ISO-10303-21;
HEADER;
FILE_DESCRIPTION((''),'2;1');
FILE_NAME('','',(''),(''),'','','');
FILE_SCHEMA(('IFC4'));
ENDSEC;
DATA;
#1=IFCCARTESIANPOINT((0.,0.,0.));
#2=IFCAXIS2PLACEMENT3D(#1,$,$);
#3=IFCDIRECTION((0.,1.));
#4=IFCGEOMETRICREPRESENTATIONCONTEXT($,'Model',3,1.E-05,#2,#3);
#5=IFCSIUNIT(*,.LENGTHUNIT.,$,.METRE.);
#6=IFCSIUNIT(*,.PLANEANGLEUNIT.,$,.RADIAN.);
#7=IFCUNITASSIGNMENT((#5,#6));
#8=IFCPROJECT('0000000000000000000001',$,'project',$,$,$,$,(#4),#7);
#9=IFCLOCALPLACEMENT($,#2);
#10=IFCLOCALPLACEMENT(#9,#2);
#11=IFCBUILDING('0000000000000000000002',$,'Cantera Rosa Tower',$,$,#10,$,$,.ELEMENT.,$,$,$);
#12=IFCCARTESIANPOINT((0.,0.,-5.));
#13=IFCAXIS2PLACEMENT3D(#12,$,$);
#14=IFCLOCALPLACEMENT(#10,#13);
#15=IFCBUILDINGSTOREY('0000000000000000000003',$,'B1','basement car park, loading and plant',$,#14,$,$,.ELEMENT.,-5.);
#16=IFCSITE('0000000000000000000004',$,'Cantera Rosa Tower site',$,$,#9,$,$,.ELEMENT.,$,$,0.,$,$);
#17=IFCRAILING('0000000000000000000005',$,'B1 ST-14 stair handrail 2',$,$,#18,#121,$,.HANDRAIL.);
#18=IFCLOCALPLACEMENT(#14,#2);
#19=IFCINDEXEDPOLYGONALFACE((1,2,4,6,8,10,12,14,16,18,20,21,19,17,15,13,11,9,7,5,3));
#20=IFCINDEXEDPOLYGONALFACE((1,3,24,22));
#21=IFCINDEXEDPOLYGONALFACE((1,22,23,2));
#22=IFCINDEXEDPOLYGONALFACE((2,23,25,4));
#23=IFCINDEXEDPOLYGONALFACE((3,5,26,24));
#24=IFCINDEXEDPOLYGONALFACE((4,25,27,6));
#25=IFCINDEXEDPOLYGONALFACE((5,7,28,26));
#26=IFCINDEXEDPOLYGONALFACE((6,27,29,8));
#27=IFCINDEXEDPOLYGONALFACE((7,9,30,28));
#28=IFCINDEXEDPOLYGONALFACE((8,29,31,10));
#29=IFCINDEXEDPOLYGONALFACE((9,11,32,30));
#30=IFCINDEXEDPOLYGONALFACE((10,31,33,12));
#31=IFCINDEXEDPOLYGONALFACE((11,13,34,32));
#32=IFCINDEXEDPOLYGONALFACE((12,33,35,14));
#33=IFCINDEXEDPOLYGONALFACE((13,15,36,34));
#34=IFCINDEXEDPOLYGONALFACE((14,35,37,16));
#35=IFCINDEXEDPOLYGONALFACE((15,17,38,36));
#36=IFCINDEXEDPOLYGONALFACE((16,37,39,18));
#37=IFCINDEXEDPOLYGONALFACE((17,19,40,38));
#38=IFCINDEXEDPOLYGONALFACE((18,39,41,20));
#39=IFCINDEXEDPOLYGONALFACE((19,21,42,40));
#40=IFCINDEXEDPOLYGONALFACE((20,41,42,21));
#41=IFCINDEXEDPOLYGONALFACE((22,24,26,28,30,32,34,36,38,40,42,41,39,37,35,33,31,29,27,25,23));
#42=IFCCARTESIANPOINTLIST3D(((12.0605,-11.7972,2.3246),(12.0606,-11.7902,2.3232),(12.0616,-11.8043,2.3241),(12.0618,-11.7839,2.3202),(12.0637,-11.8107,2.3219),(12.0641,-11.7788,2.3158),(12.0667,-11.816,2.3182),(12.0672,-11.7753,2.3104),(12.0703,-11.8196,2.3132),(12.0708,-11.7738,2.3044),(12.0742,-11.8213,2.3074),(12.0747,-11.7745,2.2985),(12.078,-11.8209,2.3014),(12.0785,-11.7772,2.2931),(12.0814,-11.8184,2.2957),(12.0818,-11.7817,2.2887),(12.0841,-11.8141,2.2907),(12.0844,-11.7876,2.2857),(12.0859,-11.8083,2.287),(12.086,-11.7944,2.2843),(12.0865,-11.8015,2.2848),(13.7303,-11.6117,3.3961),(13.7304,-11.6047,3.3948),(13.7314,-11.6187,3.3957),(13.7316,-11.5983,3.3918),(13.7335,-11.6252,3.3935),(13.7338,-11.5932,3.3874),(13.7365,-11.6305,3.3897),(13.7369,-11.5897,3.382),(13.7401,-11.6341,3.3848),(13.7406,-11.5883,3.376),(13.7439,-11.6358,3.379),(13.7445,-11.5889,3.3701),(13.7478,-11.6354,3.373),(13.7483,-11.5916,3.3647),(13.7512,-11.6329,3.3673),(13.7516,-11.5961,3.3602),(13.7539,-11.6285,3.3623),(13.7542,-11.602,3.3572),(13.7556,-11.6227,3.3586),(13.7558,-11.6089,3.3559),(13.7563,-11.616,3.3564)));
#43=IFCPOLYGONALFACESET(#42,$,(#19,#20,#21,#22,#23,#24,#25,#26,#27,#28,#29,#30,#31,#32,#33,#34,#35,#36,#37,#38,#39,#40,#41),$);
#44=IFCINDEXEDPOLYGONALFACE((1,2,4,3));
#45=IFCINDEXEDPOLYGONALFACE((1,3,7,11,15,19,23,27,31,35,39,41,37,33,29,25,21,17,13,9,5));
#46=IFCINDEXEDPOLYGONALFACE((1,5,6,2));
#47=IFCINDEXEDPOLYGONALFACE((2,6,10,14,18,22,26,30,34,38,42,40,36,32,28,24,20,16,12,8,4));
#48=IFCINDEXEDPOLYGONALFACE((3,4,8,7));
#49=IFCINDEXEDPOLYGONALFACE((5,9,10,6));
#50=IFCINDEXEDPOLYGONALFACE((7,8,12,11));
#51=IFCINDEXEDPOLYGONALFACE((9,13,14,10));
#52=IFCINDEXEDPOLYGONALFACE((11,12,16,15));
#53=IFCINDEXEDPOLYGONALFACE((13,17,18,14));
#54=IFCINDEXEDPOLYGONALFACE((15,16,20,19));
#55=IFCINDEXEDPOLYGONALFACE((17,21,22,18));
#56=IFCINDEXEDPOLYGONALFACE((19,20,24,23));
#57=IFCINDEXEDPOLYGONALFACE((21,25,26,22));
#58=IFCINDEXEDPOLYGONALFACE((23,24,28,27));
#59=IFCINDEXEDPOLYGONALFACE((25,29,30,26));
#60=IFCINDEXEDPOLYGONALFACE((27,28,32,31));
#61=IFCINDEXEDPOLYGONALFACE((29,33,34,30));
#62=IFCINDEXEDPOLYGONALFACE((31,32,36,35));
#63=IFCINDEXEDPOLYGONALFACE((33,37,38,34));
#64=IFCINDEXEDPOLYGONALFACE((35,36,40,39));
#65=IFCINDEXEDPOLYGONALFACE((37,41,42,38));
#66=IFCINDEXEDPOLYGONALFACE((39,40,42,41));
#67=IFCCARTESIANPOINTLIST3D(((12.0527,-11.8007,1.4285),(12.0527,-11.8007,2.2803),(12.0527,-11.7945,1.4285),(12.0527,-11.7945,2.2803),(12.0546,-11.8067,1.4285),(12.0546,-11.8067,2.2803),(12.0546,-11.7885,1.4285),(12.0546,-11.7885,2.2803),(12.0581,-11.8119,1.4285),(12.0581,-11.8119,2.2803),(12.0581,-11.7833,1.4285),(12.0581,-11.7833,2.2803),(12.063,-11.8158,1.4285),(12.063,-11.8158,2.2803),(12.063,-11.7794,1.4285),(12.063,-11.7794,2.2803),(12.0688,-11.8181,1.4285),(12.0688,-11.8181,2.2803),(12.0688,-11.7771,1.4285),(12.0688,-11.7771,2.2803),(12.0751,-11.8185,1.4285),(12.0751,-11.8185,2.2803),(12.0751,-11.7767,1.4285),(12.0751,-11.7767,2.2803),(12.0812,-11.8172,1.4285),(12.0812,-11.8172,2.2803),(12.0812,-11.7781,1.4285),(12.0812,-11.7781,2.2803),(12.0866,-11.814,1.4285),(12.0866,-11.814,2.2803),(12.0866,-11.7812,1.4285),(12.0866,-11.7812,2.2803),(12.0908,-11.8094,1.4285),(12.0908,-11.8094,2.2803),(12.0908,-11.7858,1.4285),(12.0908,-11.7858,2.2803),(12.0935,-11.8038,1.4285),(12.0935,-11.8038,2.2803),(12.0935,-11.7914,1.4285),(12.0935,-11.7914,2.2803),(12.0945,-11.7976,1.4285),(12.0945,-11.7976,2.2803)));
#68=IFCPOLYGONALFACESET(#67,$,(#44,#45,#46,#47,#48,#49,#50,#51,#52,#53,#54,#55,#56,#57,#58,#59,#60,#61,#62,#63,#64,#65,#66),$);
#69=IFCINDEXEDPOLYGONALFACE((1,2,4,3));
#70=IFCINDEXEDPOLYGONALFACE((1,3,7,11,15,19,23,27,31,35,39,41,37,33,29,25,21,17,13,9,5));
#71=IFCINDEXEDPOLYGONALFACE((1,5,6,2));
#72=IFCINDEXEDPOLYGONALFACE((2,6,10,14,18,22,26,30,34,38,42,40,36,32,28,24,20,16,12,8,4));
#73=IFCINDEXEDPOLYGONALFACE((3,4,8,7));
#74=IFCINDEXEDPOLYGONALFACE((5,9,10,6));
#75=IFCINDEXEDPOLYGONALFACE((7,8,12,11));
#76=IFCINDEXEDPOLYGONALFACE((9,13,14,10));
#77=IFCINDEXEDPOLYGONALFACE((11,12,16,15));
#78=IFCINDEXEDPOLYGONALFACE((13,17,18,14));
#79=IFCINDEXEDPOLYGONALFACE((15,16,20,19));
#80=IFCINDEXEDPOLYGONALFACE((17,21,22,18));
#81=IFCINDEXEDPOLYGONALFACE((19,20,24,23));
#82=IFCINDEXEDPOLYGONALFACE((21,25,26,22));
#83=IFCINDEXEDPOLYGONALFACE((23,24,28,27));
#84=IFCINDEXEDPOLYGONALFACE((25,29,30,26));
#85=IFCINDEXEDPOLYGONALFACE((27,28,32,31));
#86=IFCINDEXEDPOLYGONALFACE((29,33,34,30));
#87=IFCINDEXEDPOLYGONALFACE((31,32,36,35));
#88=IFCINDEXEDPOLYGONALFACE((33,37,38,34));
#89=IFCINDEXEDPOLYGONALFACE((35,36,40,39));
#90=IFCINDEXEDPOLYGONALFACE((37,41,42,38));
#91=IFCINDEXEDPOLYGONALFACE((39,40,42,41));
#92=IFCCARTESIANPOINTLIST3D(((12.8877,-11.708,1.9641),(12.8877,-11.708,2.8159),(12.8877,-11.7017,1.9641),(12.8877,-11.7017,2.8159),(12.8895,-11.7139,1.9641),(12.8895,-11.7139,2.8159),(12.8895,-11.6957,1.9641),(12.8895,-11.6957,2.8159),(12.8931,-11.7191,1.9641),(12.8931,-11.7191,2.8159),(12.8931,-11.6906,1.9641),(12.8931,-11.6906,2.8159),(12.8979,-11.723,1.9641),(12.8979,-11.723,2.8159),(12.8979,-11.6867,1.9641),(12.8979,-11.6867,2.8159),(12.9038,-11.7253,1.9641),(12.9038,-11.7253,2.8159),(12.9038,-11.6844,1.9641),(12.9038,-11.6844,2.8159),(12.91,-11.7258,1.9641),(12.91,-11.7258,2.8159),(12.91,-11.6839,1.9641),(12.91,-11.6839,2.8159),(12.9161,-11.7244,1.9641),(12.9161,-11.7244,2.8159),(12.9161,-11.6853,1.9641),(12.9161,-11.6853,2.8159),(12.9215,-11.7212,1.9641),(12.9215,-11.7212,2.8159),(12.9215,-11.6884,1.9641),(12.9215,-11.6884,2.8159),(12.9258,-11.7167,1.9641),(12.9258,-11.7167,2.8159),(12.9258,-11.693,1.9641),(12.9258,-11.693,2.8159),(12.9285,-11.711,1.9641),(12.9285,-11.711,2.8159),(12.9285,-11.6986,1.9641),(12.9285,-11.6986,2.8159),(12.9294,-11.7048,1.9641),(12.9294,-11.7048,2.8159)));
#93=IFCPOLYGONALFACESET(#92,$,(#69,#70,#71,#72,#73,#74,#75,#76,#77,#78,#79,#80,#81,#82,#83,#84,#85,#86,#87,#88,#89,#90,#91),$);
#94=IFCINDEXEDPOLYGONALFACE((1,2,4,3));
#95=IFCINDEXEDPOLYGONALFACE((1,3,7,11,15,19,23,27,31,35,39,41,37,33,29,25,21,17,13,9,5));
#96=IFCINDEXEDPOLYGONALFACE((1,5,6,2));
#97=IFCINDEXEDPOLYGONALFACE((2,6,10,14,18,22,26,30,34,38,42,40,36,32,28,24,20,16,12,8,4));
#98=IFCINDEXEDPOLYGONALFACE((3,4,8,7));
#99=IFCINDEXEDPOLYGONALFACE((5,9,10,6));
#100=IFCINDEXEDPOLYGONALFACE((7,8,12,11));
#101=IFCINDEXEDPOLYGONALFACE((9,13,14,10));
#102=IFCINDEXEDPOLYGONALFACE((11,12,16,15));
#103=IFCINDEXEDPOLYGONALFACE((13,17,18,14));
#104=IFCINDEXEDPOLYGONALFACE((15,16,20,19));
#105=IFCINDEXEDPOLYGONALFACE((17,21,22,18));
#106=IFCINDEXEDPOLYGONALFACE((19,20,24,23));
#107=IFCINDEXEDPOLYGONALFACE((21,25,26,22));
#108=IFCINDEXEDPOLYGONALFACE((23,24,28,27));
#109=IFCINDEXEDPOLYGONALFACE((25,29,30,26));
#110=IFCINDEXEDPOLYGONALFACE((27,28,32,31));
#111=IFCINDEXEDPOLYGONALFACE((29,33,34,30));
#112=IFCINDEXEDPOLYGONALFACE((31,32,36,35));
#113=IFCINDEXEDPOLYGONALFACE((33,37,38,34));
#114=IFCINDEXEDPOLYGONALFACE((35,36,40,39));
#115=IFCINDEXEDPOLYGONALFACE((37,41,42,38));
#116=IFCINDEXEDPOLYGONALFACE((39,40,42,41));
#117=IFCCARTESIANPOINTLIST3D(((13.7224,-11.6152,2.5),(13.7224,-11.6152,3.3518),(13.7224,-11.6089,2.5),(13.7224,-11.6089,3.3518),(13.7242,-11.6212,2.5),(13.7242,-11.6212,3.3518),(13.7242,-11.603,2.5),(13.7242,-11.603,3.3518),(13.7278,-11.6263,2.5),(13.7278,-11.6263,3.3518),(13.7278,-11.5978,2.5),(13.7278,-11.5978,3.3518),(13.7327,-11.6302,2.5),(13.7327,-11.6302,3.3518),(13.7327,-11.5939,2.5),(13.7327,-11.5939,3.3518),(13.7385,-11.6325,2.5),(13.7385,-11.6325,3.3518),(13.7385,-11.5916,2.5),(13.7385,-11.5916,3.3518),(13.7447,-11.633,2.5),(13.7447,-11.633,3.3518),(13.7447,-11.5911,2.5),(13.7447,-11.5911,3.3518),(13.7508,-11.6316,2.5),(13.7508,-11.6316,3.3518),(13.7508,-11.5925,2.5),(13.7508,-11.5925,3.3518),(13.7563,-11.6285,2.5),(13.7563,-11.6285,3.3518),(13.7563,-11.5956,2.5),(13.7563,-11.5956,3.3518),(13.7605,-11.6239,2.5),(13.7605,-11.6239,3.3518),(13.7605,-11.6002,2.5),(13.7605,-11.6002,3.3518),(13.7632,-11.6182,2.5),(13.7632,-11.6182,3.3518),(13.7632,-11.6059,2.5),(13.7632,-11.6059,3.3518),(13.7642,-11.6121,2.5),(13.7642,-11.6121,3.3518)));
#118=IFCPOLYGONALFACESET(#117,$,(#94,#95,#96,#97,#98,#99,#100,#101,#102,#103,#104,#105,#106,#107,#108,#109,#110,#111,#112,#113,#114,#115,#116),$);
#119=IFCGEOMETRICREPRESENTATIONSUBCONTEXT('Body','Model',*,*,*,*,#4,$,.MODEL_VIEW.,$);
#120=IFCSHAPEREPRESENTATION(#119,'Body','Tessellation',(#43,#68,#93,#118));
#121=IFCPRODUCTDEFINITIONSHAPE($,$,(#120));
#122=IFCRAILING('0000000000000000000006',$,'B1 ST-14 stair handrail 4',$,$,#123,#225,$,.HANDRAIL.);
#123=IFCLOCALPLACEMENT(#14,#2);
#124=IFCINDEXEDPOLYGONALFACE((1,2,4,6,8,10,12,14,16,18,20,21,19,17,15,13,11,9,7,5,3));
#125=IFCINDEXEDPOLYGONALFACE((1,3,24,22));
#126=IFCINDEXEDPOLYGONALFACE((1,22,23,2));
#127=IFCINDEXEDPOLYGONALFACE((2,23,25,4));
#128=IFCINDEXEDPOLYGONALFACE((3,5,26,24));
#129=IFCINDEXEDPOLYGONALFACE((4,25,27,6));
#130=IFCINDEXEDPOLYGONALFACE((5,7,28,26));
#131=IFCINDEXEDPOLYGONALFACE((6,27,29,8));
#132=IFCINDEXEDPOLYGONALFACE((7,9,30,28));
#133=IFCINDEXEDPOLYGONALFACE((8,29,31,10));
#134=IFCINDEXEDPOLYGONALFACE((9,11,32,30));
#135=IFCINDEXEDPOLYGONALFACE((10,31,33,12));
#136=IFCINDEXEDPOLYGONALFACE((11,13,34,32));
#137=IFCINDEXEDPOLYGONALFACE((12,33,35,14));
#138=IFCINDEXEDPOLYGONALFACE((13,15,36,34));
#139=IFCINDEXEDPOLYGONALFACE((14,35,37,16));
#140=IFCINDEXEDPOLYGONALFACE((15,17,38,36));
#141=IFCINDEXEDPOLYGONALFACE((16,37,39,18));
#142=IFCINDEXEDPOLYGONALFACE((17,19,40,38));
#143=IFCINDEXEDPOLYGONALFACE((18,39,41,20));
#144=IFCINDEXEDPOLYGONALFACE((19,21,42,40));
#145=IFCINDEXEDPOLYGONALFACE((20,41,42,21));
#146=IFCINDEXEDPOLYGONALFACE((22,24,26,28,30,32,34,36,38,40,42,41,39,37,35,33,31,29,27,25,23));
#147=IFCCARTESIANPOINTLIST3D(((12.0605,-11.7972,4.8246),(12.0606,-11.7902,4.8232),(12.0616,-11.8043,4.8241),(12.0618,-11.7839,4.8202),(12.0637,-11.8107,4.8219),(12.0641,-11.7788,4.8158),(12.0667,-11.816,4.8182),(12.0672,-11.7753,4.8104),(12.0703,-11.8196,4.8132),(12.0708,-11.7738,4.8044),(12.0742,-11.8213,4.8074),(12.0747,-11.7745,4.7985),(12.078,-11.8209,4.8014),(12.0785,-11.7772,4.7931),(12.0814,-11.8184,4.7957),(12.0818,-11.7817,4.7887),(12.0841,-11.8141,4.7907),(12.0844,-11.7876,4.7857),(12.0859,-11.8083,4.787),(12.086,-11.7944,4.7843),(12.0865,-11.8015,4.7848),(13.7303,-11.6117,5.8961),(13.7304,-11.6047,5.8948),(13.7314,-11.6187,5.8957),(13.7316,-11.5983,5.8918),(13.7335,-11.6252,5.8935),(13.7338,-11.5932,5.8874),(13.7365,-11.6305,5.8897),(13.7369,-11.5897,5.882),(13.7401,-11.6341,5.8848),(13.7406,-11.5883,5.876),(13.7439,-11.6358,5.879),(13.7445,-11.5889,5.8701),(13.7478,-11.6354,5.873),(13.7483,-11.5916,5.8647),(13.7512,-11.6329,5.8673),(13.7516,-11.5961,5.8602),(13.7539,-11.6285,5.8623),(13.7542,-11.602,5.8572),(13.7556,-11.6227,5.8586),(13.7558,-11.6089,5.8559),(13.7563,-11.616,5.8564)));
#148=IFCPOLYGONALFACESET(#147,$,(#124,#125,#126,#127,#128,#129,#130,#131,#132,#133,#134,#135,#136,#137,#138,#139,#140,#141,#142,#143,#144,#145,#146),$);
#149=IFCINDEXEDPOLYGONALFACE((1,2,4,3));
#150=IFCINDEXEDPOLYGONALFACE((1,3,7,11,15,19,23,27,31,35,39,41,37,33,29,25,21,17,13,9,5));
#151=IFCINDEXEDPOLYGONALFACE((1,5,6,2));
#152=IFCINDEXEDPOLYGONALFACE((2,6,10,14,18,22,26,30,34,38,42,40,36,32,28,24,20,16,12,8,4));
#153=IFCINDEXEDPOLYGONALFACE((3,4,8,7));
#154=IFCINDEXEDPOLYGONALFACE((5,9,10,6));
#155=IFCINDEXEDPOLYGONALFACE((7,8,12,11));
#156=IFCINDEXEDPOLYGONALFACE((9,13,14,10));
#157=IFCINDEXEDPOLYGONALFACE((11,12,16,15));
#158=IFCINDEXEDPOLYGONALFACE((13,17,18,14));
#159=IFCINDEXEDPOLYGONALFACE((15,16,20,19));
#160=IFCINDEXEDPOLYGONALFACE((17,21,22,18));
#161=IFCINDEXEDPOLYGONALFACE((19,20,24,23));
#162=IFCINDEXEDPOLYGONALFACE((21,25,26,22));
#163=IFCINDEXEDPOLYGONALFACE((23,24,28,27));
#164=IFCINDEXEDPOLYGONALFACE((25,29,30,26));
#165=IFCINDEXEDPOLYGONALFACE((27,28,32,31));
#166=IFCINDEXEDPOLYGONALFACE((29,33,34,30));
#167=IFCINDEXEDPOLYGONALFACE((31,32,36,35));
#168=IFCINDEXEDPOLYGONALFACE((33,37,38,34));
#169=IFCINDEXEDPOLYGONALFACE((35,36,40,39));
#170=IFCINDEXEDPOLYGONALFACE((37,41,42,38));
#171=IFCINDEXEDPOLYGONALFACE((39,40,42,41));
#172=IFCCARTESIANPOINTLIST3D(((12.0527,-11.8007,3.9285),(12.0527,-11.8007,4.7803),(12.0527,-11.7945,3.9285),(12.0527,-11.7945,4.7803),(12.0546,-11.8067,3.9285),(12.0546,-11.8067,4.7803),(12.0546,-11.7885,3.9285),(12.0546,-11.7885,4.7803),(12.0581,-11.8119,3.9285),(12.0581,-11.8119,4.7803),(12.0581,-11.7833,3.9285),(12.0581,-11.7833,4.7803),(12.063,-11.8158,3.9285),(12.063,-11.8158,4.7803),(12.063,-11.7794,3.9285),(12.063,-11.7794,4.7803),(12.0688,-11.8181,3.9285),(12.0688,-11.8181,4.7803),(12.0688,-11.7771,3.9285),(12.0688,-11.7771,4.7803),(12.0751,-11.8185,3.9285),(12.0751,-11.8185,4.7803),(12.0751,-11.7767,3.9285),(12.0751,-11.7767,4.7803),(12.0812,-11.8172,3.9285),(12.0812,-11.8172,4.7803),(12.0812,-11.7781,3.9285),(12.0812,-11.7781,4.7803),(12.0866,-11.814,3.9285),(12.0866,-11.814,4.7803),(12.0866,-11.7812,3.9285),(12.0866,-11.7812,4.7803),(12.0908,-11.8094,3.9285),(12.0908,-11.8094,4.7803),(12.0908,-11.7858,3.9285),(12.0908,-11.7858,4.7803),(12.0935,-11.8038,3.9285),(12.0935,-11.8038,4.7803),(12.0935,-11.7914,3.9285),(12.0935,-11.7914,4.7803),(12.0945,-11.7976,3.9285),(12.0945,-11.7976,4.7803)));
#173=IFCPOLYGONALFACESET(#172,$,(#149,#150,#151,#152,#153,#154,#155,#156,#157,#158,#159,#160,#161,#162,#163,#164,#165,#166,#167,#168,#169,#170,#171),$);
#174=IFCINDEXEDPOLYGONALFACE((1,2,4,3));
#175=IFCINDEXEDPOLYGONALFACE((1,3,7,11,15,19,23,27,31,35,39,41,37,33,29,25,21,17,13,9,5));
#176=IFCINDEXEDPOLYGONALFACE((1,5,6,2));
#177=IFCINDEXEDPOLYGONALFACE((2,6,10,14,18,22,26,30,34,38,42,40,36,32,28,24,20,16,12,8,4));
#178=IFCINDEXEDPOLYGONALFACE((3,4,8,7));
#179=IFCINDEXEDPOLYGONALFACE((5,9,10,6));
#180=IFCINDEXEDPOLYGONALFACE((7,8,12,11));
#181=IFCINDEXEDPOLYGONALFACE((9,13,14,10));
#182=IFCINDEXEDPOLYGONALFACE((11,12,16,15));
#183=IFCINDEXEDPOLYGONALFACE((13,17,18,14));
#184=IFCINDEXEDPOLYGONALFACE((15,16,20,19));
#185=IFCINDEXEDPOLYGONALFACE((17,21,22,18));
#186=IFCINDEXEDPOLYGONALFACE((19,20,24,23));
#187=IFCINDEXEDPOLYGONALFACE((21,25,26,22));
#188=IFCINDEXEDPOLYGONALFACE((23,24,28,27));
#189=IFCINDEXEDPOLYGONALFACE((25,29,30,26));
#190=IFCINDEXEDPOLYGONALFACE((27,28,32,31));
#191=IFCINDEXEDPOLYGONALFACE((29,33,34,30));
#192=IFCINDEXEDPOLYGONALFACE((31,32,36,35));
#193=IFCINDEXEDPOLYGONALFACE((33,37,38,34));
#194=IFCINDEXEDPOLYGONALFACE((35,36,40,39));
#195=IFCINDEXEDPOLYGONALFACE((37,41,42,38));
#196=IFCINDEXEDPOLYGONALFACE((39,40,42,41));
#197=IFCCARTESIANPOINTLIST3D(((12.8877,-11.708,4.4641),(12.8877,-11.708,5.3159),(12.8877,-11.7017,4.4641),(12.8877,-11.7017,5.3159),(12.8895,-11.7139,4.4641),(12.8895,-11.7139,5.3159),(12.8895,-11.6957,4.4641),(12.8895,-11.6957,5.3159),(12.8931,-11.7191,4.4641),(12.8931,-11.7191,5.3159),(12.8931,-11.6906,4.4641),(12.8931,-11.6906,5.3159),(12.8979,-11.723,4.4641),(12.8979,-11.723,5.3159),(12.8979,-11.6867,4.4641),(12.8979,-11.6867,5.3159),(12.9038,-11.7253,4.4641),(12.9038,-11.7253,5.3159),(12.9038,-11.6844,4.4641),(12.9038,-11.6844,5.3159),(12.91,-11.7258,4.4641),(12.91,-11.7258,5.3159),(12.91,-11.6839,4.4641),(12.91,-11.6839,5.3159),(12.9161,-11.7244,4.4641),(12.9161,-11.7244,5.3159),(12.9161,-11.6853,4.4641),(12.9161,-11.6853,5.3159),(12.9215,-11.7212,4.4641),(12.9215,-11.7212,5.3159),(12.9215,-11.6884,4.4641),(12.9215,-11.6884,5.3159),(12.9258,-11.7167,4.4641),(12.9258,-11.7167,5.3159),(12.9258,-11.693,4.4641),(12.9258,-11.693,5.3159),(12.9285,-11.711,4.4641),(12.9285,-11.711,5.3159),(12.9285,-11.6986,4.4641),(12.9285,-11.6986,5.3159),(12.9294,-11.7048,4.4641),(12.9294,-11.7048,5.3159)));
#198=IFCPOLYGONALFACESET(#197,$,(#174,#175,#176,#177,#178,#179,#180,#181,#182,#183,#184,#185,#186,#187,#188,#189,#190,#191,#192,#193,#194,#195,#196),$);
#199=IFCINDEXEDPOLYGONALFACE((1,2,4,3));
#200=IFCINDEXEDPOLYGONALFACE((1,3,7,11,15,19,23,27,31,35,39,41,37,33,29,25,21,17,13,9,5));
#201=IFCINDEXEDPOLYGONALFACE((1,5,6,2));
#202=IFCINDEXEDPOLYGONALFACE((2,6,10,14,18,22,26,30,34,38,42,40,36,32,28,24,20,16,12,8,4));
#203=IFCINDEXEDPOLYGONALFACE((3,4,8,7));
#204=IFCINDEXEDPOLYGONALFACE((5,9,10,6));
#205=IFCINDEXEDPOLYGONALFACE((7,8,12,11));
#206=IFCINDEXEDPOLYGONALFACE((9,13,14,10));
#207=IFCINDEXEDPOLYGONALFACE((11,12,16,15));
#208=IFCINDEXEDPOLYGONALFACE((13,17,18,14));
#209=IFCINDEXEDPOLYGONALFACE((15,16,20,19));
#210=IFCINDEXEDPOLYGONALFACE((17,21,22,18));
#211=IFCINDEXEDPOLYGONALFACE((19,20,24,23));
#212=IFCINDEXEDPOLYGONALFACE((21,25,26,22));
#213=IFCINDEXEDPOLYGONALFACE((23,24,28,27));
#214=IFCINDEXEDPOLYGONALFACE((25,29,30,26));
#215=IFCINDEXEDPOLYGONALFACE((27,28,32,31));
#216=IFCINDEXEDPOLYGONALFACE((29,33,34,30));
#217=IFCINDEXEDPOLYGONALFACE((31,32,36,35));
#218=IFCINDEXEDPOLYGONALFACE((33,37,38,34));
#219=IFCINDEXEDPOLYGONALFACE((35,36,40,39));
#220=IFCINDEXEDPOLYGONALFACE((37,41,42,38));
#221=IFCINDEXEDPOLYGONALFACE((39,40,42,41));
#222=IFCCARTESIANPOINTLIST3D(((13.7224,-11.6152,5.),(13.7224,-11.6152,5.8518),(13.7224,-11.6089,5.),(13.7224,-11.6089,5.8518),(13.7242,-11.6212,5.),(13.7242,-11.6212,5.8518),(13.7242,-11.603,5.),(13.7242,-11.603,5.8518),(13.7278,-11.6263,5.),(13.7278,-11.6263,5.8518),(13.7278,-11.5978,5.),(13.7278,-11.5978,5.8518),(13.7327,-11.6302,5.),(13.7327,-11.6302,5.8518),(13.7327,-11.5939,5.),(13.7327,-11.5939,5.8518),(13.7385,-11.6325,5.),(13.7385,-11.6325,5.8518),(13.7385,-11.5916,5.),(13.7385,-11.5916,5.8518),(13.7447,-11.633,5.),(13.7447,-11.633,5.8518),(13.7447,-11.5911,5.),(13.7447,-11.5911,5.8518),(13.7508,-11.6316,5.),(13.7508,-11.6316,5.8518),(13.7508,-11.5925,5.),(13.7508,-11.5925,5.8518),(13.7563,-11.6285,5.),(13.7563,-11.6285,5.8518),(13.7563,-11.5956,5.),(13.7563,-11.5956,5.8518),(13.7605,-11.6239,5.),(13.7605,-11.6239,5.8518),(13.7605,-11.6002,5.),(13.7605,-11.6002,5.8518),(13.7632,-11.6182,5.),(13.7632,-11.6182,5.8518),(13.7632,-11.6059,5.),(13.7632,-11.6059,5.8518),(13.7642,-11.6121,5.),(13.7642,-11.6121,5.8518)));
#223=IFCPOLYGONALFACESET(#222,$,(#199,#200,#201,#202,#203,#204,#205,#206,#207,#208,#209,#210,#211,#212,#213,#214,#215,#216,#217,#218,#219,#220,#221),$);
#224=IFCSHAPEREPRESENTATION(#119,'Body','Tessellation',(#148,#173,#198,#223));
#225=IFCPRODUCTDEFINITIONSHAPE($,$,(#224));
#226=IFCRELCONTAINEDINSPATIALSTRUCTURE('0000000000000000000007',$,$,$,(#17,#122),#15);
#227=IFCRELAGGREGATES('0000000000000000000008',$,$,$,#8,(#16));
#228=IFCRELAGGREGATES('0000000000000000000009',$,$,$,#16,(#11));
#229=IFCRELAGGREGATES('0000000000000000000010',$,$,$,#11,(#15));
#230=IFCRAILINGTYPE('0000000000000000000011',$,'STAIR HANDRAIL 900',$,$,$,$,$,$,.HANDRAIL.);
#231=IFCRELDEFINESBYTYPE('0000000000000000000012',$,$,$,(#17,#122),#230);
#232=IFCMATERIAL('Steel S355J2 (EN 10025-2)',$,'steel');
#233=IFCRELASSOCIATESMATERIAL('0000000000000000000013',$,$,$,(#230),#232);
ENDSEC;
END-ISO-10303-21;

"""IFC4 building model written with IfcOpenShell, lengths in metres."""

from ifc_helpers import new_model, si_unit, direction, frame, origin, origin_2d, place, context, subcontext, project, spatial, circle, extrude, material, type_object, element, save


model = new_model("IFC4")

# Units and contexts
model_context = context("Model", 3, precision=1e-05, world=origin(), true_north=direction((0.0, 1.0)))
body_context = subcontext(model_context, "Body", "Model", "MODEL_VIEW")
ifc_project = project(units=[si_unit("LENGTHUNIT", "METRE"), si_unit("PLANEANGLEUNIT", "RADIAN")], contexts=[model_context])

# Site, building, storey
site_placement = place(None, origin())
site = spatial("IfcSite", under=ifc_project, at=site_placement, Name="Cantera Rosa Tower site", CompositionType="ELEMENT", RefElevation=0.0)
building_placement = place(site_placement, origin())
building = spatial("IfcBuilding", under=site, at=building_placement, Name="Cantera Rosa Tower", CompositionType="ELEMENT")
storey_placement = place(building_placement, frame((0.0, 0.0, -5.0)))
storey = spatial("IfcBuildingStorey", under=building, at=storey_placement, Name="B1", Description="basement car park, loading and plant", CompositionType="ELEMENT", Elevation=-5.0)

# Railings
ifc_material_1 = material(Name="Steel S355J2 (EN 10025-2)", Category="steel")
railing_type_1 = type_object("IfcRailingType", Name="STAIR HANDRAIL 900", PredefinedType="HANDRAIL", material=ifc_material_1)
for number, where, name in (
    (1, (12.0735, -11.7976, 1.4285), "B1 ST-14 stair handrail 2"),
    (2, (12.0735, -11.7976, 3.9285), "B1 ST-14 stair handrail 4"),
):
    element("IfcRailing", number, at=place(storey_placement, frame(where)), inside=storey, type_object=railing_type_1, Name=name, PredefinedType="HANDRAIL", context=body_context, shape_type="SweptSolid", body=[
        extrude(circle(Radius=0.0239, at=origin_2d()), frame((0.0, 0.0, 0.876), z_axis=(0.837941, 0.093118, 0.537758), x_axis=(-0.110447, 0.993882, 0.0)), (0.0, 0.0, 1.0), 1.9927),
        extrude(circle(Radius=0.021, at=origin_2d()), origin(), (0.0, 0.0, 1.0), 0.8518),
        extrude(circle(Radius=0.021, at=origin_2d()), frame((0.835, 0.0928, 0.5356)), (0.0, 0.0, 1.0), 0.8518),
        extrude(circle(Radius=0.021, at=origin_2d()), frame((1.6697, 0.1855, 1.0715)), (0.0, 0.0, 1.0), 0.8518),
    ])

save(model, "model.ifc")
